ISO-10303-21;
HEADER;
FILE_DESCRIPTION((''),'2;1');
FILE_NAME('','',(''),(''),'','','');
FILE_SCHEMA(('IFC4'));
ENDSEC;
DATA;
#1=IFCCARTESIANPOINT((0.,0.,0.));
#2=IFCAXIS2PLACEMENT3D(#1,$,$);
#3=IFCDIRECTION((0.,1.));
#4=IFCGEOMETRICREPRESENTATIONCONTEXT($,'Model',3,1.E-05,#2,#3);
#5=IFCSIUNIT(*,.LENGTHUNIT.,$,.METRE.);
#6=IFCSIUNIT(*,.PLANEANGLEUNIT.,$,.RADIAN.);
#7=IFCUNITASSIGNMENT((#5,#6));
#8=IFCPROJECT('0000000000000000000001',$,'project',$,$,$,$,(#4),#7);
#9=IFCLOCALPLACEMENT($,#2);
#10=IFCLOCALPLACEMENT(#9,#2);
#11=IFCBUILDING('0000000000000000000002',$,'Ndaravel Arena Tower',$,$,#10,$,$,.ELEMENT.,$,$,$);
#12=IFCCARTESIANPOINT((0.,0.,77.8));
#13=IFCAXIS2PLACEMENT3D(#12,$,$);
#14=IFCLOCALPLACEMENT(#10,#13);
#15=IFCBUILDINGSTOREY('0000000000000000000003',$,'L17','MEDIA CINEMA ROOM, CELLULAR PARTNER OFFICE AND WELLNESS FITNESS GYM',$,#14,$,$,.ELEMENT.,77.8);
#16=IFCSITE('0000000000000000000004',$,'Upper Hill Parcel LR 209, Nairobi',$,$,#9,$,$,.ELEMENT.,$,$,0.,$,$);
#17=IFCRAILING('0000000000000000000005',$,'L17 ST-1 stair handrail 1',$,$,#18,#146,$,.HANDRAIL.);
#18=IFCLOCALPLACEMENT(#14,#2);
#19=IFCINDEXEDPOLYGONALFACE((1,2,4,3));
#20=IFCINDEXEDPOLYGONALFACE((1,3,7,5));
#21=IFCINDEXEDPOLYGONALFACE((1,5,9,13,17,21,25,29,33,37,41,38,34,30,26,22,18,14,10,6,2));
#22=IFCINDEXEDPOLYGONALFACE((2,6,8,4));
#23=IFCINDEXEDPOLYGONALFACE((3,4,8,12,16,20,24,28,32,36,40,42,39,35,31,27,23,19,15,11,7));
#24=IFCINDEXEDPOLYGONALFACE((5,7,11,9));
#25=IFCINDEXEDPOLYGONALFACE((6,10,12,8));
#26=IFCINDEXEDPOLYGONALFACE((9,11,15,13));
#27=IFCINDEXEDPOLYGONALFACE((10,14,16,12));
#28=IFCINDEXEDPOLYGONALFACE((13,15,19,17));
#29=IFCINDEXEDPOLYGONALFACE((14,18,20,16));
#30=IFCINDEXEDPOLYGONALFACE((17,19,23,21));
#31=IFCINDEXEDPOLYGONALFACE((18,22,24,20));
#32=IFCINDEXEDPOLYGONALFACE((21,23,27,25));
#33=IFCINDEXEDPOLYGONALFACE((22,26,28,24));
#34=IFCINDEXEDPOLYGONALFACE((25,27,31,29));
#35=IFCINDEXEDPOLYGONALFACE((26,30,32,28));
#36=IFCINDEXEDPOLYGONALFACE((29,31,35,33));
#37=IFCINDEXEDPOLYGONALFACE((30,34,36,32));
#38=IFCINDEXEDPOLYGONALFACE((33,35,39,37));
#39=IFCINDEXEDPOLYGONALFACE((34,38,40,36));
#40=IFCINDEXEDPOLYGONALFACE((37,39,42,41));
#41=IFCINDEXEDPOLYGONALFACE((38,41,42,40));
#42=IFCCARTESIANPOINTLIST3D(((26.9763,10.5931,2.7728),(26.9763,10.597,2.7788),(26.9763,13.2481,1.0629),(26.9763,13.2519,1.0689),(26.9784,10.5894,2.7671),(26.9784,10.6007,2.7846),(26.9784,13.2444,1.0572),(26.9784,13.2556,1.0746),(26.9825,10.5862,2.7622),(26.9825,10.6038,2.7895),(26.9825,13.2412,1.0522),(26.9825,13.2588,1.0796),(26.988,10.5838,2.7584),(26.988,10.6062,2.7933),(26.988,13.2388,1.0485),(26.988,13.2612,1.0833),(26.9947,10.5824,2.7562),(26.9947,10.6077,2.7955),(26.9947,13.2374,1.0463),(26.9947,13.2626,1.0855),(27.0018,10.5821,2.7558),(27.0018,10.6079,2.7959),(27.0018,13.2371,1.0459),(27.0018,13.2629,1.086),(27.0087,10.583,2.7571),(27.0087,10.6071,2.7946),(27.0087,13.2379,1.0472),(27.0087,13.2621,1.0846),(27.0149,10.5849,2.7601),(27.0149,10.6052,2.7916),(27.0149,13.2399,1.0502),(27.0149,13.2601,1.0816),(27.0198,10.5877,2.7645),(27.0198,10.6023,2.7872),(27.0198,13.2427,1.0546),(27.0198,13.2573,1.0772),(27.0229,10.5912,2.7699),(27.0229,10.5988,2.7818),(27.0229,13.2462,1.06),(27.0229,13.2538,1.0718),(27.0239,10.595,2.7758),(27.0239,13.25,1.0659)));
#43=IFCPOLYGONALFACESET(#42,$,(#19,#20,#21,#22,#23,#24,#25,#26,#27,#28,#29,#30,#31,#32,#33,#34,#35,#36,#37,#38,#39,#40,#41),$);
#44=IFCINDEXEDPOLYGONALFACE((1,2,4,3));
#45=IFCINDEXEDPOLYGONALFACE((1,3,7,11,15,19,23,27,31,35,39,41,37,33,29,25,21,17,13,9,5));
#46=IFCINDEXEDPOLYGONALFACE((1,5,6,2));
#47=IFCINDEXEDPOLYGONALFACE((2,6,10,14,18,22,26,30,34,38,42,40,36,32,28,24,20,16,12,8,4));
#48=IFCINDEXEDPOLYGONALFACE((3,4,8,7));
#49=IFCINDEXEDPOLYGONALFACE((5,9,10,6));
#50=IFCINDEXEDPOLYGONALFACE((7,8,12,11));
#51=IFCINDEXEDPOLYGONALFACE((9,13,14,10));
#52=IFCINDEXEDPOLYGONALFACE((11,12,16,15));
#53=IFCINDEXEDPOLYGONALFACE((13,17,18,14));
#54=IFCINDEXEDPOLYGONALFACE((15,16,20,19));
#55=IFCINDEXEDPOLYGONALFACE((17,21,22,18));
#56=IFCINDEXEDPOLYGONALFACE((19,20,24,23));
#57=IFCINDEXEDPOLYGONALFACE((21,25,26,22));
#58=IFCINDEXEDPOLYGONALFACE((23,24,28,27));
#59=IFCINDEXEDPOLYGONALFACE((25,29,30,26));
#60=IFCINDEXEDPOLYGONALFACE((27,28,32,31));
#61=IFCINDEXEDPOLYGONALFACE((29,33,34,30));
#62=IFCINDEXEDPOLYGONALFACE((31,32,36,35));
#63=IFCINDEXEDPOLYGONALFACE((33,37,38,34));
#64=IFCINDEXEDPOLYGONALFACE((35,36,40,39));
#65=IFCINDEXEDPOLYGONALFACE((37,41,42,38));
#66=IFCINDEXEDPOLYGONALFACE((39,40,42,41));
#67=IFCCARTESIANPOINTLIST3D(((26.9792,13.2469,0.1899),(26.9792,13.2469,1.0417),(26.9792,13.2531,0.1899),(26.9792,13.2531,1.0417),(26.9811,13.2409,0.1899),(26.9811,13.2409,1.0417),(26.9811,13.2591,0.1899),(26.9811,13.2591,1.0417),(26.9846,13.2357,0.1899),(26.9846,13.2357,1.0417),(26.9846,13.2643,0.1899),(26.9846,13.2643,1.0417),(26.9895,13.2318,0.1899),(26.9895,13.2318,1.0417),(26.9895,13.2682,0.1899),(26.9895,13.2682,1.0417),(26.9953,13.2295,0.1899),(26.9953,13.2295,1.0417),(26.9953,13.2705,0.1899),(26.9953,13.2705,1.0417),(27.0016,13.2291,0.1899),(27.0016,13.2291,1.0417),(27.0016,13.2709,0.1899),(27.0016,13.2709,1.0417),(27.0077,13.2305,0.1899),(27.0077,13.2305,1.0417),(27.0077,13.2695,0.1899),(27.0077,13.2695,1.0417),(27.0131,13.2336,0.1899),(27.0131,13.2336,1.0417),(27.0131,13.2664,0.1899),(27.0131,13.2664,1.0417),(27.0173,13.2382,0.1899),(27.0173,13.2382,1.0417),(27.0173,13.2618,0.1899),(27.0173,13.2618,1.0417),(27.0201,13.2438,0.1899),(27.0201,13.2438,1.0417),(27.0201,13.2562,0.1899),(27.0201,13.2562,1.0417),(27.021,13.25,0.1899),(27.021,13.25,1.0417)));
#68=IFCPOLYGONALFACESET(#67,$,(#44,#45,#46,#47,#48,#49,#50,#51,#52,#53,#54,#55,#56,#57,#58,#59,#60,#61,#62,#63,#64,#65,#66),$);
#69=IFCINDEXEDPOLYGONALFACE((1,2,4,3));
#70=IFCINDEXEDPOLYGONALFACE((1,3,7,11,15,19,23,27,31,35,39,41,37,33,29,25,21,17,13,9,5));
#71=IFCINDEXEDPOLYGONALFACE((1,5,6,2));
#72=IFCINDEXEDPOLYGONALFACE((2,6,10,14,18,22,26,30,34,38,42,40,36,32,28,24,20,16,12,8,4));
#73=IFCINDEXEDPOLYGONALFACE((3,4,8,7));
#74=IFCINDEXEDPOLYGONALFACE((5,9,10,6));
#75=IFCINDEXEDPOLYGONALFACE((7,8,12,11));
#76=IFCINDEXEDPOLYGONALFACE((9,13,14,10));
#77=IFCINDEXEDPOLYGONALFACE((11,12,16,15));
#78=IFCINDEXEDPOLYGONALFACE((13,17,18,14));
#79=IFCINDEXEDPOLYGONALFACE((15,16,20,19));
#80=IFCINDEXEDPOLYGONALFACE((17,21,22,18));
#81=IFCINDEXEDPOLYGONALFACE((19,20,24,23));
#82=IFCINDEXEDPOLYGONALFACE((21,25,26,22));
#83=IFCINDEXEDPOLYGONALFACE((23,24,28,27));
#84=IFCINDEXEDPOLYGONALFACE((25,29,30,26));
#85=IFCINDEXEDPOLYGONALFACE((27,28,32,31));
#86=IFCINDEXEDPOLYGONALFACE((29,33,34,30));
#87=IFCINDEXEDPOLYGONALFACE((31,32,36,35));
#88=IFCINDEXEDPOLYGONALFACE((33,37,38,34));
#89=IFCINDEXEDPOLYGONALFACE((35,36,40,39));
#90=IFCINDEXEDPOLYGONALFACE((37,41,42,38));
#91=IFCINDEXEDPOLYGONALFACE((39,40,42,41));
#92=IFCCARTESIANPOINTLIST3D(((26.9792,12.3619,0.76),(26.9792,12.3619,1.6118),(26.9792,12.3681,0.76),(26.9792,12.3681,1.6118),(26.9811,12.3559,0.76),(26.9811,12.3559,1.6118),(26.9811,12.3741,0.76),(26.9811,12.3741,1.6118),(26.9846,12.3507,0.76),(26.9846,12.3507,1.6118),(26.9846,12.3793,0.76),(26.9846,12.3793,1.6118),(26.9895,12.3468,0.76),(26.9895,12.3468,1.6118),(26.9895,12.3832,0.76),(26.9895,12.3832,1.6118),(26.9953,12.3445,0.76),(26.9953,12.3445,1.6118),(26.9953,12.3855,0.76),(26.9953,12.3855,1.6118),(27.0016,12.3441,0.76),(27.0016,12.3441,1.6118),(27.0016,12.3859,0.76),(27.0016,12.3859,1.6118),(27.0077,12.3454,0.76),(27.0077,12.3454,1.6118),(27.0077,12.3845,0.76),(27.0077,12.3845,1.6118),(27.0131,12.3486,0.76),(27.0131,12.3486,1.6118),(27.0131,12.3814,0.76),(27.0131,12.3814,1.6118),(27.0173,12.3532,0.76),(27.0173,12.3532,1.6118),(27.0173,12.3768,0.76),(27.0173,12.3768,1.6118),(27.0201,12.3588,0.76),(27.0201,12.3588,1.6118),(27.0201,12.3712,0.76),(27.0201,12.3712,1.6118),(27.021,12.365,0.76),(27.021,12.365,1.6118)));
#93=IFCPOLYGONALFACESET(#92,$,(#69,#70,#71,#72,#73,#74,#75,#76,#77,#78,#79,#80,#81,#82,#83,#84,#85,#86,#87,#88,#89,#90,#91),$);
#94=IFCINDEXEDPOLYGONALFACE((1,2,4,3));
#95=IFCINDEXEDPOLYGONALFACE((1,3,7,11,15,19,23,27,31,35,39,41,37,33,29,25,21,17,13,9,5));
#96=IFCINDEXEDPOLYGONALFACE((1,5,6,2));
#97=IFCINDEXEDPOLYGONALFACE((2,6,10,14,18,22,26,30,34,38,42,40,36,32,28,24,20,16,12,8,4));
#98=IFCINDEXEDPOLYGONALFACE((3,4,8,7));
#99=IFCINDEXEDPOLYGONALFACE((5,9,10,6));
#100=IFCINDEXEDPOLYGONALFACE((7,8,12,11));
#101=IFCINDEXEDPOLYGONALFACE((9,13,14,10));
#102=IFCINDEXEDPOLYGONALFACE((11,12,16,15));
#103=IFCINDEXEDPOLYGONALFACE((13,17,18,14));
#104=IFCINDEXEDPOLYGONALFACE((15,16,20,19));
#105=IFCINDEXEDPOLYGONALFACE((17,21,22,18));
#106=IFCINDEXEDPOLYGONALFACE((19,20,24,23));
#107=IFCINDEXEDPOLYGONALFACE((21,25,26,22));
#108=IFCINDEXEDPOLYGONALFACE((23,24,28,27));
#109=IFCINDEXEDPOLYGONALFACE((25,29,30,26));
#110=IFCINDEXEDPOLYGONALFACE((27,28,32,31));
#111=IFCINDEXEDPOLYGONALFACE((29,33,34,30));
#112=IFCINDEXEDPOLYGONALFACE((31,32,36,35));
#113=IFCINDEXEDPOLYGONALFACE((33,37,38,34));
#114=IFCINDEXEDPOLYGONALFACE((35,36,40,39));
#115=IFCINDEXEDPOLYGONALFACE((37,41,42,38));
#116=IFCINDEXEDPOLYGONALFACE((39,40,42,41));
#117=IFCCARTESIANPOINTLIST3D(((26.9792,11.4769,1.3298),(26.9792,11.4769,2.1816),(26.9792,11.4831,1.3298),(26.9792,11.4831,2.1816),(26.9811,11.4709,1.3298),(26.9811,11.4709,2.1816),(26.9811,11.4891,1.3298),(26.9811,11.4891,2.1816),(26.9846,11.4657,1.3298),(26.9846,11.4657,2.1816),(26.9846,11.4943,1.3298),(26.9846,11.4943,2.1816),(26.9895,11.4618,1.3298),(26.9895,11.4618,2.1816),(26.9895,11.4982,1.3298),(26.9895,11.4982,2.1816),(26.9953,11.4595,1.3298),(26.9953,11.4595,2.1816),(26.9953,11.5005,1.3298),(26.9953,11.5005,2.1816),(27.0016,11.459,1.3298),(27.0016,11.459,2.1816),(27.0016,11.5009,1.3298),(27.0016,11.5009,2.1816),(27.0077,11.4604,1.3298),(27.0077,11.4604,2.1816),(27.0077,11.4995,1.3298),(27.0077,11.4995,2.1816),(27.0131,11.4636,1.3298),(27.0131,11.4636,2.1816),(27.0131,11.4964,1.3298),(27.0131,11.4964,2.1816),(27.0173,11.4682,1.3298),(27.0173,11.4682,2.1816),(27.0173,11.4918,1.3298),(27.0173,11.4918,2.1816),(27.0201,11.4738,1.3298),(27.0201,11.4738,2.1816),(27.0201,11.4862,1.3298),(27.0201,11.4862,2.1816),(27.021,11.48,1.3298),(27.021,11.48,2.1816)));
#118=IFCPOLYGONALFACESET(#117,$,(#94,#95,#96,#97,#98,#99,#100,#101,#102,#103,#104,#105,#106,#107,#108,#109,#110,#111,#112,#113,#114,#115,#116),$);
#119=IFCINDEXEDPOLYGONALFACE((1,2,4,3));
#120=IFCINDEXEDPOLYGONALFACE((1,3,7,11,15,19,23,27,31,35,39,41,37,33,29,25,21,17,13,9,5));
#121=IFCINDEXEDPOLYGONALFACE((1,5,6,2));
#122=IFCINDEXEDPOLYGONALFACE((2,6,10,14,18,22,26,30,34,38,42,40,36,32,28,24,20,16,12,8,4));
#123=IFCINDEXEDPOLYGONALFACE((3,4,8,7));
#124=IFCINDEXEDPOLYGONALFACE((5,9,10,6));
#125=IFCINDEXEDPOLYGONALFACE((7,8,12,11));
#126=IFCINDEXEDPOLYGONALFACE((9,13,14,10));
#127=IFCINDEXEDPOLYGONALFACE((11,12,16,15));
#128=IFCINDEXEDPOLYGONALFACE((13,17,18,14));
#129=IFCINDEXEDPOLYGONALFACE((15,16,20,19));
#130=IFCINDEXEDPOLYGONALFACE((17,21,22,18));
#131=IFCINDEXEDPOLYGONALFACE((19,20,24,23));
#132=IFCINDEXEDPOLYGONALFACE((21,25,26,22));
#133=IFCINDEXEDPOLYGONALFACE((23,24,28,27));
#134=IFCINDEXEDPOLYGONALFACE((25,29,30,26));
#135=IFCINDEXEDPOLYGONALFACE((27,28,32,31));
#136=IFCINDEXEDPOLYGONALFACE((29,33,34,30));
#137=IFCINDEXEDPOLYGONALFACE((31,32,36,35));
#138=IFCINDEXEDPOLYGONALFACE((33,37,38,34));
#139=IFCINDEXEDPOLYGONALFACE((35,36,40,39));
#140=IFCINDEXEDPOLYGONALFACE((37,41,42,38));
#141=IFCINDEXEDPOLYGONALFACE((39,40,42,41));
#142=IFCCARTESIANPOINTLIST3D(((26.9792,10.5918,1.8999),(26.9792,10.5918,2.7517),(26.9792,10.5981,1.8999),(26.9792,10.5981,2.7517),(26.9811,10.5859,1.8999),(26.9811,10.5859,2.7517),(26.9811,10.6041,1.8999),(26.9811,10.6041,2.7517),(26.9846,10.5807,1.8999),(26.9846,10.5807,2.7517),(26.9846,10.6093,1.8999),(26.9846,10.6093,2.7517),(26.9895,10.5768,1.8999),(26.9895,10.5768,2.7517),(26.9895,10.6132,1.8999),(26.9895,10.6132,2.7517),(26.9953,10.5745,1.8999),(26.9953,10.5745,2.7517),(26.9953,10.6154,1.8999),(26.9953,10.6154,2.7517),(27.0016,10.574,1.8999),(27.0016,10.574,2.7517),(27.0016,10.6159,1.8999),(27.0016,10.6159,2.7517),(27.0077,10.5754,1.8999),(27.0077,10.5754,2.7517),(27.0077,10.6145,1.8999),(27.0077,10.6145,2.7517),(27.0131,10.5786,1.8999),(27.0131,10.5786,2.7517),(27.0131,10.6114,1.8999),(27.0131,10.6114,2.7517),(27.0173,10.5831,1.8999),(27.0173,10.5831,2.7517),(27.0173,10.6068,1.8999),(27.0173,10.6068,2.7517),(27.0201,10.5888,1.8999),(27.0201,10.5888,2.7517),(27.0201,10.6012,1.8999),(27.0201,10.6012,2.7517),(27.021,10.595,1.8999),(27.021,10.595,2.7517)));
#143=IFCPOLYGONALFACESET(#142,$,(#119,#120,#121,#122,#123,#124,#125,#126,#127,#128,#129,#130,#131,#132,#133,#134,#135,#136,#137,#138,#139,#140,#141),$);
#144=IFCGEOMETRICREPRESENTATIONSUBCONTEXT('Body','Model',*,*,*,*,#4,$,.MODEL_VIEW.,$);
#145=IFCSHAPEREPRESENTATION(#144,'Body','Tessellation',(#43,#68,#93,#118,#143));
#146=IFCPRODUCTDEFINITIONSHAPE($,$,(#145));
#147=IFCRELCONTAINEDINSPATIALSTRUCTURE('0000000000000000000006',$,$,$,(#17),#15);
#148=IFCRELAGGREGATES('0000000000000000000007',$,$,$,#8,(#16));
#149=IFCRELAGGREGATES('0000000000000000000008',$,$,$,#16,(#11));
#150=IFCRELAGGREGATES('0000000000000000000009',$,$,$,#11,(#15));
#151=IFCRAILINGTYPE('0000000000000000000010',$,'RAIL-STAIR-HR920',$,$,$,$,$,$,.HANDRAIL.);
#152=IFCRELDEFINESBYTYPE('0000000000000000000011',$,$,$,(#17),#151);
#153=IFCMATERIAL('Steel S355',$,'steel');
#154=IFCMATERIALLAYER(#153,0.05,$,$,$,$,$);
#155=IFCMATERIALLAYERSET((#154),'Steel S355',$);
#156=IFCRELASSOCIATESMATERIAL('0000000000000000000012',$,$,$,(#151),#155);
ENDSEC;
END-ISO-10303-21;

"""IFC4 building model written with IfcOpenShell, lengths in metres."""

from ifc_helpers import new_model, si_unit, direction, frame, origin, origin_2d, place, context, subcontext, project, spatial, circle, extrude, material, layer, layer_set, type_object, element, save


model = new_model("IFC4")

# Units and contexts
model_context = context("Model", 3, precision=1e-05, world=origin(), true_north=direction((0.0, 1.0)))
body_context = subcontext(model_context, "Body", "Model", "MODEL_VIEW")
ifc_project = project(units=[si_unit("LENGTHUNIT", "METRE"), si_unit("PLANEANGLEUNIT", "RADIAN")], contexts=[model_context])

# Site, building, storey
site_placement = place(None, origin())
site = spatial("IfcSite", under=ifc_project, at=site_placement, Name="Upper Hill Parcel LR 209, Nairobi", CompositionType="ELEMENT", RefElevation=0.0)
building_placement = place(site_placement, origin())
building = spatial("IfcBuilding", under=site, at=building_placement, Name="Ndaravel Arena Tower", CompositionType="ELEMENT")
storey_placement = place(building_placement, frame((0.0, 0.0, 77.8)))
storey = spatial("IfcBuildingStorey", under=building, at=storey_placement, Name="L17", Description="MEDIA CINEMA ROOM, CELLULAR PARTNER OFFICE AND WELLNESS FITNESS GYM", CompositionType="ELEMENT", Elevation=77.8)

# Railing
ifc_material_1 = material(Name="Steel S355", Category="steel")
ifc_layer_1 = layer(ifc_material_1, 0.05)
ifc_layer_set_1 = layer_set([ifc_layer_1], Name="Steel S355")
railing_type_1 = type_object("IfcRailingType", Name="RAIL-STAIR-HR920", PredefinedType="HANDRAIL", material=ifc_layer_set_1)
railing_1_placement = place(storey_placement, frame((27.0, 13.25, 0.1899)))
element("IfcRailing", 1, at=railing_1_placement, inside=storey, type_object=railing_type_1, Name="L17 ST-1 stair handrail 1", PredefinedType="HANDRAIL", context=body_context, shape_type="SweptSolid", body=[
    extrude(circle(Radius=0.0239, at=origin_2d()), frame((0.0, 0.0, 0.876), z_axis=(0.0, -0.840724, 0.541465), x_axis=(1.0, 0.0, 0.0)), (0.0, 0.0, 1.0), 3.158),
    extrude(circle(Radius=0.021, at=origin_2d()), origin(), (0.0, 0.0, 1.0), 0.8518),
    extrude(circle(Radius=0.021, at=origin_2d()), frame((0.0, -0.885, 0.5701)), (0.0, 0.0, 1.0), 0.8518),
    extrude(circle(Radius=0.021, at=origin_2d()), frame((0.0, -1.77, 1.1399)), (0.0, 0.0, 1.0), 0.8518),
    extrude(circle(Radius=0.021, at=origin_2d()), frame((0.0, -2.655, 1.71)), (0.0, 0.0, 1.0), 0.8518),
])

save(model, "model.ifc")
